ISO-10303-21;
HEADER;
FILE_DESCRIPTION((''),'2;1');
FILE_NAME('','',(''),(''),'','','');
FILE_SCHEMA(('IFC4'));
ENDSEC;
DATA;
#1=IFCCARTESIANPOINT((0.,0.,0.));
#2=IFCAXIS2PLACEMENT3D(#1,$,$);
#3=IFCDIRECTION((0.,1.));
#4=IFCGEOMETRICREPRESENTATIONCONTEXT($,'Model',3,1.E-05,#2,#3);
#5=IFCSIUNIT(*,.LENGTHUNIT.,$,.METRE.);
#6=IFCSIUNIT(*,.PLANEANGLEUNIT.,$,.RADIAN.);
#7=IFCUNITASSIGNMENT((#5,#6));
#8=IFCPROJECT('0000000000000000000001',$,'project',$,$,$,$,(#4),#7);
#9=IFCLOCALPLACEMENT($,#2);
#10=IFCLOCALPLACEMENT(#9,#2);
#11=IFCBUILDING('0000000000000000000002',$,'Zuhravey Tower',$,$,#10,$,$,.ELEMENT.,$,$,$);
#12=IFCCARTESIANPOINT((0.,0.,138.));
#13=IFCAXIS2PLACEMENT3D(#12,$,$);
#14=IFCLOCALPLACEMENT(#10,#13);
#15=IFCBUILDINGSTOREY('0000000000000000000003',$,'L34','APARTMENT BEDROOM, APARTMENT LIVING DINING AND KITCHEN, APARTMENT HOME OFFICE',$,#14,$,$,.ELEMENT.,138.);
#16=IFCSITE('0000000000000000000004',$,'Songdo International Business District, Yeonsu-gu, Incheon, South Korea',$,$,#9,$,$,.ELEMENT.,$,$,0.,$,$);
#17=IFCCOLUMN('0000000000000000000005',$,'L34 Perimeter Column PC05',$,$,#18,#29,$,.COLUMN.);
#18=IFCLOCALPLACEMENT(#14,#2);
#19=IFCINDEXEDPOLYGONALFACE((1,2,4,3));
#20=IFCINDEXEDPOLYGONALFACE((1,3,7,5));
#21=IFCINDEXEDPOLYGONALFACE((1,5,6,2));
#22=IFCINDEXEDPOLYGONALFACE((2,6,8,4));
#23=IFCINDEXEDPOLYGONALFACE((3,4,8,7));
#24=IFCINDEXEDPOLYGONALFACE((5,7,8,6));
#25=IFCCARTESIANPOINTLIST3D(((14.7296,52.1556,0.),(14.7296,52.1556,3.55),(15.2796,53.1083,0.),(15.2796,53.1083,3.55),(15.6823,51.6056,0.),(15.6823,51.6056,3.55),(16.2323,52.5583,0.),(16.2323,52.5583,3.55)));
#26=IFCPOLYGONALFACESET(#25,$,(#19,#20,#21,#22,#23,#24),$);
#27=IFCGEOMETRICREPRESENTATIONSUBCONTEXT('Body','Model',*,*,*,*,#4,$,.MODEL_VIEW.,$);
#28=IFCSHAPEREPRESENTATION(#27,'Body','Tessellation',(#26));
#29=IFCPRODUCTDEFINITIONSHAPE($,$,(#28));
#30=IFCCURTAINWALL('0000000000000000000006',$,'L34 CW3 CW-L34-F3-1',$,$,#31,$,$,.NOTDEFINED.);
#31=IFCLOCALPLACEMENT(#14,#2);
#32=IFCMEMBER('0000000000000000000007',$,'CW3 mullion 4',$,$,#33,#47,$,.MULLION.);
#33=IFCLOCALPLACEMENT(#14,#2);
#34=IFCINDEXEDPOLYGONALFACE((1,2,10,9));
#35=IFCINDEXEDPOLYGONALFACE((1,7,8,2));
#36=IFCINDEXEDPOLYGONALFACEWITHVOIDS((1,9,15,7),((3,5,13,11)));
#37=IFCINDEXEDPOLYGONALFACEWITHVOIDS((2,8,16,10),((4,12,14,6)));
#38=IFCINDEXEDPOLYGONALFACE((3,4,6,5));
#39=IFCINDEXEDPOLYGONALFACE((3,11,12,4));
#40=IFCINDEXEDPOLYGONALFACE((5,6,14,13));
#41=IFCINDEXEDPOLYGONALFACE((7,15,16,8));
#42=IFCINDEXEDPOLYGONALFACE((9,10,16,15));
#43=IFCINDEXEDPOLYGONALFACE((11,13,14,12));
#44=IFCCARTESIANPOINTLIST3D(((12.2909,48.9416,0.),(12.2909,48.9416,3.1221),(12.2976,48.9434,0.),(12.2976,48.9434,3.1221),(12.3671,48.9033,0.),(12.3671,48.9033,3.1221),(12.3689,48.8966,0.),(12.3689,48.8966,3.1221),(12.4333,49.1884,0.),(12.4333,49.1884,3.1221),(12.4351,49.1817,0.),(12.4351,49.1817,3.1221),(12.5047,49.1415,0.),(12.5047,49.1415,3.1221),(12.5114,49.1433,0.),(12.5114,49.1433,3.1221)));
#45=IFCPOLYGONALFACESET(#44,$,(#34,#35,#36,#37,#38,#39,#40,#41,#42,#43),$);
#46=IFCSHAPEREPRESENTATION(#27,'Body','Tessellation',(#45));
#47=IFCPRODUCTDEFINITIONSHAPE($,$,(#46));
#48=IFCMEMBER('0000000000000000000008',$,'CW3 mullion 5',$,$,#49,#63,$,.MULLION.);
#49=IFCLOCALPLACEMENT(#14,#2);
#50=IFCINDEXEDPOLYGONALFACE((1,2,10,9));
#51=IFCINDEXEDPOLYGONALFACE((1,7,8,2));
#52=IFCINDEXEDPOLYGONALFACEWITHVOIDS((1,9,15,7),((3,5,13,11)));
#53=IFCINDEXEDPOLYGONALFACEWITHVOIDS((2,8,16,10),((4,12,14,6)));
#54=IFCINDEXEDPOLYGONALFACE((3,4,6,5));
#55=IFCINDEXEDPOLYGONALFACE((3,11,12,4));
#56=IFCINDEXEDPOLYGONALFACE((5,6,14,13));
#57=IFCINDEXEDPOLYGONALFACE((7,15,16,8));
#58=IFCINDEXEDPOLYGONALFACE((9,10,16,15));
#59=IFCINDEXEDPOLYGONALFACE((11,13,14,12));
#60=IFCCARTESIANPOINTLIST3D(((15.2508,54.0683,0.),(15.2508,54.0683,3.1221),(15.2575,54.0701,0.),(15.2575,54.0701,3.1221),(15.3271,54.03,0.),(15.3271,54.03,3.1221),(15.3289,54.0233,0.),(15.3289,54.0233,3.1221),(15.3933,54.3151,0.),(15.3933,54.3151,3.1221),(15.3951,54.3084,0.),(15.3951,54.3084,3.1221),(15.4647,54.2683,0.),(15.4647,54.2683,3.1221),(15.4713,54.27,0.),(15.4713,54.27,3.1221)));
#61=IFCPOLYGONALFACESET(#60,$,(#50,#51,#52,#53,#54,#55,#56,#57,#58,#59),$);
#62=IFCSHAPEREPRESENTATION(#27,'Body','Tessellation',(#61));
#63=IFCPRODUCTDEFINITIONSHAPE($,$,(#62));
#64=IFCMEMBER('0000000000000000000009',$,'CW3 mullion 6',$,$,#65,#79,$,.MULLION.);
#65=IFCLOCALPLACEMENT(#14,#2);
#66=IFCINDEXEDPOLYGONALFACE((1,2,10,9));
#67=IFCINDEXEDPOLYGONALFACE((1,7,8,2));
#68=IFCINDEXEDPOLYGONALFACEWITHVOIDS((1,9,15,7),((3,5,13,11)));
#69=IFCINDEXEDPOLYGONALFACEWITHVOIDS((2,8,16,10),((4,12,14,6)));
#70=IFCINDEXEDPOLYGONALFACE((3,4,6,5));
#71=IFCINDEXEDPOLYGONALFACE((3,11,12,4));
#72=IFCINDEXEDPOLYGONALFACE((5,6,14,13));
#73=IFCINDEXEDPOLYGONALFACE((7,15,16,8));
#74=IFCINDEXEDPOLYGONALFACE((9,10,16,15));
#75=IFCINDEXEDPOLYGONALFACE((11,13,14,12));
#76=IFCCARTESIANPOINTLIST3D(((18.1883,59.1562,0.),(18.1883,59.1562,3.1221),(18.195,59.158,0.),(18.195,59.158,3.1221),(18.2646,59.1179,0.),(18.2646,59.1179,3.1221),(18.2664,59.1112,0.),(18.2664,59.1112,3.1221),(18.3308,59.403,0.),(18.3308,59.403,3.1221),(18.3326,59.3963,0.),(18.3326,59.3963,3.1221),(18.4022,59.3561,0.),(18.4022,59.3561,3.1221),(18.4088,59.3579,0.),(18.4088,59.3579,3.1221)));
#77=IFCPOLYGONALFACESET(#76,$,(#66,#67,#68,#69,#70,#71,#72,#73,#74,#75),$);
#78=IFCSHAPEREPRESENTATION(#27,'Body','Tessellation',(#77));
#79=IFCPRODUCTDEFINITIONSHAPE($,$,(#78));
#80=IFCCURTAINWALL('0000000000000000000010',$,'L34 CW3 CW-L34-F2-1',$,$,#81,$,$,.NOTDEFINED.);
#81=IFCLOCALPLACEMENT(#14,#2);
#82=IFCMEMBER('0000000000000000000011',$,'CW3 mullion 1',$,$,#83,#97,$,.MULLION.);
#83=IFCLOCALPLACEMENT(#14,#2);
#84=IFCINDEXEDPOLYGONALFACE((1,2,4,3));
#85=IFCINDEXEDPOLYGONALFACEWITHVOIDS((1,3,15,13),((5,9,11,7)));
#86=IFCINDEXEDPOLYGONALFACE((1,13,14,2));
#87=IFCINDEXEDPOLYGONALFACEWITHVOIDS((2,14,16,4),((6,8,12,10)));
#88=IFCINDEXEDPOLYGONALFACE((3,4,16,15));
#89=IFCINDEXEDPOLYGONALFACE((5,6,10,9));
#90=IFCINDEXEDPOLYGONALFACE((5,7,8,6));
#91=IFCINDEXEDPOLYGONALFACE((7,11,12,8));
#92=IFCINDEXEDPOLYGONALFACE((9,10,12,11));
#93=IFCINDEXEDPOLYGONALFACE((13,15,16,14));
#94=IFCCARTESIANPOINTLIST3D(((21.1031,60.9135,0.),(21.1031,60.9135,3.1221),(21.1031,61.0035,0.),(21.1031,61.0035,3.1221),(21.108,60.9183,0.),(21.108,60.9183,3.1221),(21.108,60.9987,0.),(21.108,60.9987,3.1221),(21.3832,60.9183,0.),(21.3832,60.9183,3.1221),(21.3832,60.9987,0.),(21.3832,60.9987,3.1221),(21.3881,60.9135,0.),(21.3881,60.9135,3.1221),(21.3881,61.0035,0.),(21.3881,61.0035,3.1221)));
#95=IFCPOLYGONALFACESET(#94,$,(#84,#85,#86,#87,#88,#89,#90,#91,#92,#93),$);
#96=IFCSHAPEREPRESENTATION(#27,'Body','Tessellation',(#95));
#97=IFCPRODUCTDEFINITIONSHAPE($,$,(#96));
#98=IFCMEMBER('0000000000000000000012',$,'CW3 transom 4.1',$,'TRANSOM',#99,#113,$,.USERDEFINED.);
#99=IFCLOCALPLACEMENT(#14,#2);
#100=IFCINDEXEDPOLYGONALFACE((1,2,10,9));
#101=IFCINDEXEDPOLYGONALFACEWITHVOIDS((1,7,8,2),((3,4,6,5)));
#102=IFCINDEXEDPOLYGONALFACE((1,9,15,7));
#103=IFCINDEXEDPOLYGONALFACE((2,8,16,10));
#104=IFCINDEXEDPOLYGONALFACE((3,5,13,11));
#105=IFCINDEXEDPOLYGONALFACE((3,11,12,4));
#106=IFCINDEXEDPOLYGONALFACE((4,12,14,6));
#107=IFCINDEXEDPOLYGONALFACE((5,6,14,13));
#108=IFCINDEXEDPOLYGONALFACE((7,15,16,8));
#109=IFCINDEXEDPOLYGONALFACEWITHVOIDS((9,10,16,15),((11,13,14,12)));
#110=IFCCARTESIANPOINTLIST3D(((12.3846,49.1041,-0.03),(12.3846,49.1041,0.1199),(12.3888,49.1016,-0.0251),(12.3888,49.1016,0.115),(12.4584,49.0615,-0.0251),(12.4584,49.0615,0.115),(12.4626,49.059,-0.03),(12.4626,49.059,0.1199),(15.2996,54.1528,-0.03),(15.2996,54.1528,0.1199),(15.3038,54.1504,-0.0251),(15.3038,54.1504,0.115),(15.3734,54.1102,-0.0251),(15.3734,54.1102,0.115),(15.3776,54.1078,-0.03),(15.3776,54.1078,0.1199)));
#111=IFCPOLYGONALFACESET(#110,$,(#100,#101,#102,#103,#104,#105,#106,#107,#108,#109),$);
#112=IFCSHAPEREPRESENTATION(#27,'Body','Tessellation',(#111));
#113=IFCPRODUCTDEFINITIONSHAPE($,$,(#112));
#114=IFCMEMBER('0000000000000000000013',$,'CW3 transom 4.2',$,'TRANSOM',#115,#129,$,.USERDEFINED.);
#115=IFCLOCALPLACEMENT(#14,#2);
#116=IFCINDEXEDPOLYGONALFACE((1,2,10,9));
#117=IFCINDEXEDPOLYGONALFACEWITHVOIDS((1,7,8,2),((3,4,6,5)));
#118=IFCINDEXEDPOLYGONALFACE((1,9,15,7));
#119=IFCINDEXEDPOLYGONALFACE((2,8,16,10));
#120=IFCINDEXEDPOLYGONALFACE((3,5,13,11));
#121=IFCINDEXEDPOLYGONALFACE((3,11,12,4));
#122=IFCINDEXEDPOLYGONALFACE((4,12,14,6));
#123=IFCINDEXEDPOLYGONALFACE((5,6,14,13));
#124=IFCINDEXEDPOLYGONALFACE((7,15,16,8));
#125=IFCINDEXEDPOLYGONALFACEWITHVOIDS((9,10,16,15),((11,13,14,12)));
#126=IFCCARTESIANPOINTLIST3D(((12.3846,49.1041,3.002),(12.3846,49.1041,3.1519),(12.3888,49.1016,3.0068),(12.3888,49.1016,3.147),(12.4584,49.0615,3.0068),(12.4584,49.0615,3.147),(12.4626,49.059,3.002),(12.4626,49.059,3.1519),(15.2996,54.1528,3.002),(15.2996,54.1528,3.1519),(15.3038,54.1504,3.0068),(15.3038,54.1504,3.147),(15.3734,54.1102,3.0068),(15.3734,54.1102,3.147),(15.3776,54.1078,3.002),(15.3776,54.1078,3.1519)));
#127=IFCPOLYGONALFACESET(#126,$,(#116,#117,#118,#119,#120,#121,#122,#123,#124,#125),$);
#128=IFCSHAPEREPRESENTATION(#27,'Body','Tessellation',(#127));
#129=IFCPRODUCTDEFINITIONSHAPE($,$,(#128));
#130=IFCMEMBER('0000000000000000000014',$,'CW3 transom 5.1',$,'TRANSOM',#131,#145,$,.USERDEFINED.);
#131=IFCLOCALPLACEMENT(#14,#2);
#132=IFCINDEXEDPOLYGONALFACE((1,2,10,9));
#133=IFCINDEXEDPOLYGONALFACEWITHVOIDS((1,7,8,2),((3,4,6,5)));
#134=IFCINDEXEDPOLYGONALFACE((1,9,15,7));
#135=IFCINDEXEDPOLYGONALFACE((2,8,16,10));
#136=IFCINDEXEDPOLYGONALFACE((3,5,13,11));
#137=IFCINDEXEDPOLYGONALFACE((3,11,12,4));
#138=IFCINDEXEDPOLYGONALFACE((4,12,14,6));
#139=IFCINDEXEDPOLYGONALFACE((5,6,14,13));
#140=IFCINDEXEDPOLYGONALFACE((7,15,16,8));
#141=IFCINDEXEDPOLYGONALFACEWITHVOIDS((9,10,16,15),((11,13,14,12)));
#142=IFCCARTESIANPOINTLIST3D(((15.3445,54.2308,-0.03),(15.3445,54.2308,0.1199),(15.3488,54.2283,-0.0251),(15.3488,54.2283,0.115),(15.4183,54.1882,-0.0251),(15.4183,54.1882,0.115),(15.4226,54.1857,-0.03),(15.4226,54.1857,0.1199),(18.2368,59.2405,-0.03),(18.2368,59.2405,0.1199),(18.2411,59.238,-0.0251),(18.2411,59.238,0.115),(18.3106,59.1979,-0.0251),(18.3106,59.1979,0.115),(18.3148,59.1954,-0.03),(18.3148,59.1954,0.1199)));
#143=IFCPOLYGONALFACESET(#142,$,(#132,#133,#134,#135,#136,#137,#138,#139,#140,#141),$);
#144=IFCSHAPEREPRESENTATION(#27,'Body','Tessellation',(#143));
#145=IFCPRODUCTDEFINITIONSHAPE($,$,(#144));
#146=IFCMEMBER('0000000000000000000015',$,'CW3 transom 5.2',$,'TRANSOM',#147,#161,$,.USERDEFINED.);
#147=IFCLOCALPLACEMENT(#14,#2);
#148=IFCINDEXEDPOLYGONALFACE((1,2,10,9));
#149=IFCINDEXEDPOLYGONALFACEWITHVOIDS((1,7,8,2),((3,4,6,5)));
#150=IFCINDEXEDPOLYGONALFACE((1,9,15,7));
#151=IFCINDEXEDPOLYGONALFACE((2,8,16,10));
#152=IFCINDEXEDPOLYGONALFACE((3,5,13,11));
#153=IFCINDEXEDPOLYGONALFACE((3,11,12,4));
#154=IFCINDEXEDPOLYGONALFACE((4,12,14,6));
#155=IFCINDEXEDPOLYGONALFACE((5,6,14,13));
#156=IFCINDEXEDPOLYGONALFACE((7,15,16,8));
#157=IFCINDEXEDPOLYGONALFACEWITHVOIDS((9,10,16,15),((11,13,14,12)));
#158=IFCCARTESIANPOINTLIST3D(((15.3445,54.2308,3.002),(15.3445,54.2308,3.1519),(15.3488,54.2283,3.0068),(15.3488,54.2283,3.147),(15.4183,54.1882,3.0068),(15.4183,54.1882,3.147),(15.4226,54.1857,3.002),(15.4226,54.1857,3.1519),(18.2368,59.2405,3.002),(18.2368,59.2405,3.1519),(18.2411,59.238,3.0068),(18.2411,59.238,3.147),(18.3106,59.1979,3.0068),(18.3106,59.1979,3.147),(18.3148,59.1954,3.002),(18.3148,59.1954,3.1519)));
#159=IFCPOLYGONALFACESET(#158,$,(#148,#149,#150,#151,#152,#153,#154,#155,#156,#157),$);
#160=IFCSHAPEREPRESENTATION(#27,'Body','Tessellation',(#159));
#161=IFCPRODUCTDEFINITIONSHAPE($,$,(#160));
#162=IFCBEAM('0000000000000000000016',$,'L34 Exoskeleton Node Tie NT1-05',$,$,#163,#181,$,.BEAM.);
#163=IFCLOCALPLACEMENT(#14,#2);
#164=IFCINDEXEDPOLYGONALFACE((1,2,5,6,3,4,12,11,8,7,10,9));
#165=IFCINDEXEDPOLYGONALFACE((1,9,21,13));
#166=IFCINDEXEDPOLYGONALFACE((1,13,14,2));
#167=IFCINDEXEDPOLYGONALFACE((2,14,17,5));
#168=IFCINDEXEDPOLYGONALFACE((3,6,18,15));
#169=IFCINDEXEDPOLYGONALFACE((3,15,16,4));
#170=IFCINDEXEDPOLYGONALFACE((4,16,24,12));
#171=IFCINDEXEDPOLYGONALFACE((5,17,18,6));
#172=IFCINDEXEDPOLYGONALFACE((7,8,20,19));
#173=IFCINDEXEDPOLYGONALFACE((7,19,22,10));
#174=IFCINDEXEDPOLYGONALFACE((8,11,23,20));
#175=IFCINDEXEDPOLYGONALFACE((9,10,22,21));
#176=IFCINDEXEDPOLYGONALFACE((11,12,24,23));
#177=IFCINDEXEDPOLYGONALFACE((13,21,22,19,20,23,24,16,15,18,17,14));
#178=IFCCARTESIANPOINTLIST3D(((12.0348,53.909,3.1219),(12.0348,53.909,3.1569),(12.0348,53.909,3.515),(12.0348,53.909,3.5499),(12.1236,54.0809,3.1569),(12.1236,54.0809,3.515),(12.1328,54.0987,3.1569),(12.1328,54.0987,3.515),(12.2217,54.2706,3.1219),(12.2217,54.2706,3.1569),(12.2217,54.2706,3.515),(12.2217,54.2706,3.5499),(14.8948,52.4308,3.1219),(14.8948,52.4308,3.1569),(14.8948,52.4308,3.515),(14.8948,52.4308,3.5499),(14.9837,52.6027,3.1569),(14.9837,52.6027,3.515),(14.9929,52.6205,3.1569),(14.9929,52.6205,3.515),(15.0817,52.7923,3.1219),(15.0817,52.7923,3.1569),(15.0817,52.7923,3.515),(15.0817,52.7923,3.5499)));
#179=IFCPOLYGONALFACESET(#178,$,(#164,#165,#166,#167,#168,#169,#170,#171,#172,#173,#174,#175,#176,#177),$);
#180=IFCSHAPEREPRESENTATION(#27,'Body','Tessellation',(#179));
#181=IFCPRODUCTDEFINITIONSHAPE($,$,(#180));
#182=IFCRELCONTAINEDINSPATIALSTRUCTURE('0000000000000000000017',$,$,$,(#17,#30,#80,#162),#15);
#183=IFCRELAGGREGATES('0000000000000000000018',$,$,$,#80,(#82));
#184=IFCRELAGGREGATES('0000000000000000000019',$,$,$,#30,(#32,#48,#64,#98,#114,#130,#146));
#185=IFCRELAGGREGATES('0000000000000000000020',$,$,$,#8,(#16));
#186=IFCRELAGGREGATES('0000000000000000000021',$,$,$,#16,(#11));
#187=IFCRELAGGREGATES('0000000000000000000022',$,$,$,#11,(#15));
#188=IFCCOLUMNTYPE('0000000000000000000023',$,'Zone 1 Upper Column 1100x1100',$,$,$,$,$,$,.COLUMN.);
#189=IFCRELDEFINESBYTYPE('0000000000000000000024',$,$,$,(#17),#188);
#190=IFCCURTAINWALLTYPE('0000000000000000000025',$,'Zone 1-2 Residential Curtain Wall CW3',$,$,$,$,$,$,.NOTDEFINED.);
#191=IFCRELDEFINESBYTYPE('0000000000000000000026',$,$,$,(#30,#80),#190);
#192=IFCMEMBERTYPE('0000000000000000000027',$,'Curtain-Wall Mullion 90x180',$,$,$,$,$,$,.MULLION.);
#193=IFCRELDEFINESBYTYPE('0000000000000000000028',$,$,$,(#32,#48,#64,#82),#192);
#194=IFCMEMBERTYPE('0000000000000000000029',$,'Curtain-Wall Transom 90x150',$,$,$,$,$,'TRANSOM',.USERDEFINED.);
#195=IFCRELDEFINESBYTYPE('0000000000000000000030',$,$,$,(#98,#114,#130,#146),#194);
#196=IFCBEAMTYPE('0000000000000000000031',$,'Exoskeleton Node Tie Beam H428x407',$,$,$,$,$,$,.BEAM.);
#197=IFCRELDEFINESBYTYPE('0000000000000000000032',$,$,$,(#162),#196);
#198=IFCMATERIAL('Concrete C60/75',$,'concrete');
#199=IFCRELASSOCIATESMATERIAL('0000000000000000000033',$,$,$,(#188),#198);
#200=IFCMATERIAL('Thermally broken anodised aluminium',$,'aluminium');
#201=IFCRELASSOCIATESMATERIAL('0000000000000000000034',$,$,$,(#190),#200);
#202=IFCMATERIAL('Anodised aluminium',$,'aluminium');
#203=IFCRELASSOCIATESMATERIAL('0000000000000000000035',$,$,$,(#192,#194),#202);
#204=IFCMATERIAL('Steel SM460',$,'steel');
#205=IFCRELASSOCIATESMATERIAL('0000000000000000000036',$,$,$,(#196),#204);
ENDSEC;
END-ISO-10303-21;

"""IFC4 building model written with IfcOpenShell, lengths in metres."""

from ifc_helpers import new_model, si_unit, direction, frame, origin, origin_2d, place, context, subcontext, project, spatial, rectangle, hollow_rectangle, i_section, extrude, material, material_profile, profile_set, type_object, element, aggregate, save


model = new_model("IFC4")

# Units and contexts
model_context = context("Model", 3, precision=1e-05, world=origin(), true_north=direction((0.0, 1.0)))
body_context = subcontext(model_context, "Body", "Model", "MODEL_VIEW")
ifc_project = project(units=[si_unit("LENGTHUNIT", "METRE"), si_unit("PLANEANGLEUNIT", "RADIAN")], contexts=[model_context])

# Site, building, storey
site_placement = place(None, origin())
site = spatial("IfcSite", under=ifc_project, at=site_placement, Name="Songdo International Business District, Yeonsu-gu, Incheon, South Korea", CompositionType="ELEMENT", RefElevation=0.0)
building_placement = place(site_placement, origin())
building = spatial("IfcBuilding", under=site, at=building_placement, Name="Zuhravey Tower", CompositionType="ELEMENT")
storey_placement = place(building_placement, frame((0.0, 0.0, 138.0)))
storey = spatial("IfcBuildingStorey", under=building, at=storey_placement, Name="L34", Description="APARTMENT BEDROOM, APARTMENT LIVING DINING AND KITCHEN, APARTMENT HOME OFFICE", CompositionType="ELEMENT", Elevation=138.0)

# Column
ifc_material_1 = material(Name="Concrete C60/75", Category="concrete")
ifc_material_profile_1 = material_profile(ifc_material_1, rectangle(XDim=1.1001, YDim=1.1001, at=origin_2d()), Name="RC-1100x1100")
ifc_profile_set_1 = profile_set([ifc_material_profile_1], Name="Concrete C60/75")
column_type = type_object("IfcColumnType", Name="Zone 1 Upper Column 1100x1100", PredefinedType="COLUMN", material=ifc_profile_set_1)
column_placement = place(storey_placement, frame((15.481, 52.3569, 0.0), z_axis=(0.0, 0.0, 1.0), x_axis=(-0.5, -0.866025, 0.0)))
element("IfcColumn", 1, at=column_placement, inside=storey, type_object=column_type, Name="L34 Perimeter Column PC05", PredefinedType="COLUMN", context=body_context, shape_type="SweptSolid", body=[
    extrude(rectangle(XDim=1.1001, YDim=1.1001, at=origin_2d()), origin(), (0.0, 0.0, 1.0), 3.55),
])

# Curtain wall, members
ifc_material_2 = material(Name="Thermally broken anodised aluminium", Category="aluminium")
curtain_wall_type = type_object("IfcCurtainWallType", Name="Zone 1-2 Residential Curtain Wall CW3", PredefinedType="NOTDEFINED", material=ifc_material_2)
curtain_wall_1_placement = place(storey_placement, origin())
curtain_wall_1 = element("IfcCurtainWall", 2, at=curtain_wall_1_placement, inside=storey, type_object=curtain_wall_type, Name="L34 CW3 CW-L34-F3-1", PredefinedType="NOTDEFINED")
ifc_material_3 = material(Name="Anodised aluminium", Category="aluminium")
ifc_material_profile_2 = material_profile(ifc_material_3, hollow_rectangle(XDim=0.0901, YDim=0.2849, WallThickness=0.0049, at=origin_2d()), Name="ALU-RHS-90x285x5")
ifc_profile_set_2 = profile_set([ifc_material_profile_2], Name="Anodised aluminium")
member_type_1 = type_object("IfcMemberType", Name="Curtain-Wall Mullion 90x180", PredefinedType="MULLION", material=ifc_profile_set_2)
member_1_placement = place(storey_placement, frame((12.4011, 49.0425, 0.0), z_axis=(0.0, 0.0, 1.0), x_axis=(-0.866026, 0.5, 0.0)))
member_1 = element("IfcMember", 3, at=member_1_placement, type_object=member_type_1, Name="CW3 mullion 4", PredefinedType="MULLION", context=body_context, shape_type="SweptSolid", body=[
    extrude(hollow_rectangle(XDim=0.0901, YDim=0.2849, WallThickness=0.0049, at=origin_2d()), origin(), (0.0, 0.0, 1.0), 3.1221),
])
member_2_placement = place(storey_placement, frame((15.3611, 54.1692, 0.0), z_axis=(0.0, 0.0, 1.0), x_axis=(-0.866026, 0.5, 0.0)))
member_2 = element("IfcMember", 4, at=member_2_placement, type_object=member_type_1, Name="CW3 mullion 5", PredefinedType="MULLION", context=body_context, shape_type="SweptSolid", body=[
    extrude(hollow_rectangle(XDim=0.0901, YDim=0.2849, WallThickness=0.0049, at=origin_2d()), origin(), (0.0, 0.0, 1.0), 3.1221),
])
member_3_placement = place(storey_placement, frame((18.2986, 59.2571, 0.0), z_axis=(0.0, 0.0, 1.0), x_axis=(-0.866026, 0.5, 0.0)))
member_3 = element("IfcMember", 5, at=member_3_placement, type_object=member_type_1, Name="CW3 mullion 6", PredefinedType="MULLION", context=body_context, shape_type="SweptSolid", body=[
    extrude(hollow_rectangle(XDim=0.0901, YDim=0.2849, WallThickness=0.0049, at=origin_2d()), origin(), (0.0, 0.0, 1.0), 3.1221),
])

# Curtain wall, member
curtain_wall_2_placement = place(storey_placement, origin())
curtain_wall_2 = element("IfcCurtainWall", 6, at=curtain_wall_2_placement, inside=storey, type_object=curtain_wall_type, Name="L34 CW3 CW-L34-F2-1", PredefinedType="NOTDEFINED")
member_4_placement = place(storey_placement, frame((21.2456, 60.9585, 0.0), z_axis=(0.0, 0.0, 1.0), x_axis=(0.0, 1.0, 0.0)))
member_4 = element("IfcMember", 7, at=member_4_placement, type_object=member_type_1, Name="CW3 mullion 1", PredefinedType="MULLION", context=body_context, shape_type="SweptSolid", body=[
    extrude(hollow_rectangle(XDim=0.0901, YDim=0.2849, WallThickness=0.0049, at=origin_2d()), origin(), (0.0, 0.0, 1.0), 3.1221),
])
aggregate(curtain_wall_2, [member_4])

# Members
ifc_material_profile_3 = material_profile(ifc_material_3, hollow_rectangle(XDim=0.0901, YDim=0.1499, WallThickness=0.0049, at=origin_2d()), Name="ALU-RHS-90x150x5")
ifc_profile_set_3 = profile_set([ifc_material_profile_3], Name="Anodised aluminium")
member_type_2 = type_object("IfcMemberType", Name="Curtain-Wall Transom 90x150", ElementType="TRANSOM", PredefinedType="USERDEFINED", material=ifc_profile_set_3)
member_5_placement = place(storey_placement, frame((12.4236, 49.0815, 0.0449), z_axis=(0.500012, 0.866018, 0.0), x_axis=(-0.866018, 0.500012, 0.0)))
member_5 = element("IfcMember", 8, at=member_5_placement, type_object=member_type_2, Name="CW3 transom 4.1", ObjectType="TRANSOM", PredefinedType="USERDEFINED", context=body_context, shape_type="SweptSolid", body=[
    extrude(hollow_rectangle(XDim=0.0901, YDim=0.1499, WallThickness=0.0049, at=origin_2d()), origin(), (0.0, 0.0, 1.0), 5.8298),
])
member_6_placement = place(storey_placement, frame((12.4236, 49.0815, 3.0769), z_axis=(0.500012, 0.866018, 0.0), x_axis=(-0.866018, 0.500012, 0.0)))
member_6 = element("IfcMember", 9, at=member_6_placement, type_object=member_type_2, Name="CW3 transom 4.2", ObjectType="TRANSOM", PredefinedType="USERDEFINED", context=body_context, shape_type="SweptSolid", body=[
    extrude(hollow_rectangle(XDim=0.0901, YDim=0.1499, WallThickness=0.0049, at=origin_2d()), origin(), (0.0, 0.0, 1.0), 5.8298),
])
member_7_placement = place(storey_placement, frame((15.3835, 54.2083, 0.0449), z_axis=(0.499993, 0.86603, 0.0), x_axis=(-0.86603, 0.499993, 0.0)))
member_7 = element("IfcMember", 10, at=member_7_placement, type_object=member_type_2, Name="CW3 transom 5.1", ObjectType="TRANSOM", PredefinedType="USERDEFINED", context=body_context, shape_type="SweptSolid", body=[
    extrude(hollow_rectangle(XDim=0.0901, YDim=0.1499, WallThickness=0.0049, at=origin_2d()), origin(), (0.0, 0.0, 1.0), 5.7847),
])
member_8_placement = place(storey_placement, frame((15.3835, 54.2083, 3.0769), z_axis=(0.499993, 0.86603, 0.0), x_axis=(-0.86603, 0.499993, 0.0)))
member_8 = element("IfcMember", 11, at=member_8_placement, type_object=member_type_2, Name="CW3 transom 5.2", ObjectType="TRANSOM", PredefinedType="USERDEFINED", context=body_context, shape_type="SweptSolid", body=[
    extrude(hollow_rectangle(XDim=0.0901, YDim=0.1499, WallThickness=0.0049, at=origin_2d()), origin(), (0.0, 0.0, 1.0), 5.7847),
])

# Beam
ifc_material_4 = material(Name="Steel SM460", Category="steel")
ifc_material_profile_4 = material_profile(ifc_material_4, i_section(OverallWidth=0.407, OverallDepth=0.428, WebThickness=0.02, FlangeThickness=0.0349, at=origin_2d()), Name="H-428x407x20x35")
ifc_profile_set_4 = profile_set([ifc_material_profile_4], Name="Steel SM460")
beam_type_1 = type_object("IfcBeamType", Name="Exoskeleton Node Tie Beam H428x407", PredefinedType="BEAM", material=ifc_profile_set_4)
beam_1_placement = place(storey_placement, frame((14.9883, 52.6116, 3.3359), z_axis=(-0.888356, 0.459155, 0.0), x_axis=(-0.459155, -0.888356, 0.0)))
element("IfcBeam", 12, at=beam_1_placement, inside=storey, type_object=beam_type_1, Name="L34 Exoskeleton Node Tie NT1-05", PredefinedType="BEAM", context=body_context, shape_type="SweptSolid", body=[
    extrude(i_section(OverallWidth=0.407, OverallDepth=0.428, WebThickness=0.02, FlangeThickness=0.0349, at=origin_2d()), origin(), (0.0, 0.0, 1.0), 3.2195),
])

aggregate(curtain_wall_1, [member_1, member_2, member_3, member_5, member_6, member_7, member_8])

save(model, "model.ifc")
